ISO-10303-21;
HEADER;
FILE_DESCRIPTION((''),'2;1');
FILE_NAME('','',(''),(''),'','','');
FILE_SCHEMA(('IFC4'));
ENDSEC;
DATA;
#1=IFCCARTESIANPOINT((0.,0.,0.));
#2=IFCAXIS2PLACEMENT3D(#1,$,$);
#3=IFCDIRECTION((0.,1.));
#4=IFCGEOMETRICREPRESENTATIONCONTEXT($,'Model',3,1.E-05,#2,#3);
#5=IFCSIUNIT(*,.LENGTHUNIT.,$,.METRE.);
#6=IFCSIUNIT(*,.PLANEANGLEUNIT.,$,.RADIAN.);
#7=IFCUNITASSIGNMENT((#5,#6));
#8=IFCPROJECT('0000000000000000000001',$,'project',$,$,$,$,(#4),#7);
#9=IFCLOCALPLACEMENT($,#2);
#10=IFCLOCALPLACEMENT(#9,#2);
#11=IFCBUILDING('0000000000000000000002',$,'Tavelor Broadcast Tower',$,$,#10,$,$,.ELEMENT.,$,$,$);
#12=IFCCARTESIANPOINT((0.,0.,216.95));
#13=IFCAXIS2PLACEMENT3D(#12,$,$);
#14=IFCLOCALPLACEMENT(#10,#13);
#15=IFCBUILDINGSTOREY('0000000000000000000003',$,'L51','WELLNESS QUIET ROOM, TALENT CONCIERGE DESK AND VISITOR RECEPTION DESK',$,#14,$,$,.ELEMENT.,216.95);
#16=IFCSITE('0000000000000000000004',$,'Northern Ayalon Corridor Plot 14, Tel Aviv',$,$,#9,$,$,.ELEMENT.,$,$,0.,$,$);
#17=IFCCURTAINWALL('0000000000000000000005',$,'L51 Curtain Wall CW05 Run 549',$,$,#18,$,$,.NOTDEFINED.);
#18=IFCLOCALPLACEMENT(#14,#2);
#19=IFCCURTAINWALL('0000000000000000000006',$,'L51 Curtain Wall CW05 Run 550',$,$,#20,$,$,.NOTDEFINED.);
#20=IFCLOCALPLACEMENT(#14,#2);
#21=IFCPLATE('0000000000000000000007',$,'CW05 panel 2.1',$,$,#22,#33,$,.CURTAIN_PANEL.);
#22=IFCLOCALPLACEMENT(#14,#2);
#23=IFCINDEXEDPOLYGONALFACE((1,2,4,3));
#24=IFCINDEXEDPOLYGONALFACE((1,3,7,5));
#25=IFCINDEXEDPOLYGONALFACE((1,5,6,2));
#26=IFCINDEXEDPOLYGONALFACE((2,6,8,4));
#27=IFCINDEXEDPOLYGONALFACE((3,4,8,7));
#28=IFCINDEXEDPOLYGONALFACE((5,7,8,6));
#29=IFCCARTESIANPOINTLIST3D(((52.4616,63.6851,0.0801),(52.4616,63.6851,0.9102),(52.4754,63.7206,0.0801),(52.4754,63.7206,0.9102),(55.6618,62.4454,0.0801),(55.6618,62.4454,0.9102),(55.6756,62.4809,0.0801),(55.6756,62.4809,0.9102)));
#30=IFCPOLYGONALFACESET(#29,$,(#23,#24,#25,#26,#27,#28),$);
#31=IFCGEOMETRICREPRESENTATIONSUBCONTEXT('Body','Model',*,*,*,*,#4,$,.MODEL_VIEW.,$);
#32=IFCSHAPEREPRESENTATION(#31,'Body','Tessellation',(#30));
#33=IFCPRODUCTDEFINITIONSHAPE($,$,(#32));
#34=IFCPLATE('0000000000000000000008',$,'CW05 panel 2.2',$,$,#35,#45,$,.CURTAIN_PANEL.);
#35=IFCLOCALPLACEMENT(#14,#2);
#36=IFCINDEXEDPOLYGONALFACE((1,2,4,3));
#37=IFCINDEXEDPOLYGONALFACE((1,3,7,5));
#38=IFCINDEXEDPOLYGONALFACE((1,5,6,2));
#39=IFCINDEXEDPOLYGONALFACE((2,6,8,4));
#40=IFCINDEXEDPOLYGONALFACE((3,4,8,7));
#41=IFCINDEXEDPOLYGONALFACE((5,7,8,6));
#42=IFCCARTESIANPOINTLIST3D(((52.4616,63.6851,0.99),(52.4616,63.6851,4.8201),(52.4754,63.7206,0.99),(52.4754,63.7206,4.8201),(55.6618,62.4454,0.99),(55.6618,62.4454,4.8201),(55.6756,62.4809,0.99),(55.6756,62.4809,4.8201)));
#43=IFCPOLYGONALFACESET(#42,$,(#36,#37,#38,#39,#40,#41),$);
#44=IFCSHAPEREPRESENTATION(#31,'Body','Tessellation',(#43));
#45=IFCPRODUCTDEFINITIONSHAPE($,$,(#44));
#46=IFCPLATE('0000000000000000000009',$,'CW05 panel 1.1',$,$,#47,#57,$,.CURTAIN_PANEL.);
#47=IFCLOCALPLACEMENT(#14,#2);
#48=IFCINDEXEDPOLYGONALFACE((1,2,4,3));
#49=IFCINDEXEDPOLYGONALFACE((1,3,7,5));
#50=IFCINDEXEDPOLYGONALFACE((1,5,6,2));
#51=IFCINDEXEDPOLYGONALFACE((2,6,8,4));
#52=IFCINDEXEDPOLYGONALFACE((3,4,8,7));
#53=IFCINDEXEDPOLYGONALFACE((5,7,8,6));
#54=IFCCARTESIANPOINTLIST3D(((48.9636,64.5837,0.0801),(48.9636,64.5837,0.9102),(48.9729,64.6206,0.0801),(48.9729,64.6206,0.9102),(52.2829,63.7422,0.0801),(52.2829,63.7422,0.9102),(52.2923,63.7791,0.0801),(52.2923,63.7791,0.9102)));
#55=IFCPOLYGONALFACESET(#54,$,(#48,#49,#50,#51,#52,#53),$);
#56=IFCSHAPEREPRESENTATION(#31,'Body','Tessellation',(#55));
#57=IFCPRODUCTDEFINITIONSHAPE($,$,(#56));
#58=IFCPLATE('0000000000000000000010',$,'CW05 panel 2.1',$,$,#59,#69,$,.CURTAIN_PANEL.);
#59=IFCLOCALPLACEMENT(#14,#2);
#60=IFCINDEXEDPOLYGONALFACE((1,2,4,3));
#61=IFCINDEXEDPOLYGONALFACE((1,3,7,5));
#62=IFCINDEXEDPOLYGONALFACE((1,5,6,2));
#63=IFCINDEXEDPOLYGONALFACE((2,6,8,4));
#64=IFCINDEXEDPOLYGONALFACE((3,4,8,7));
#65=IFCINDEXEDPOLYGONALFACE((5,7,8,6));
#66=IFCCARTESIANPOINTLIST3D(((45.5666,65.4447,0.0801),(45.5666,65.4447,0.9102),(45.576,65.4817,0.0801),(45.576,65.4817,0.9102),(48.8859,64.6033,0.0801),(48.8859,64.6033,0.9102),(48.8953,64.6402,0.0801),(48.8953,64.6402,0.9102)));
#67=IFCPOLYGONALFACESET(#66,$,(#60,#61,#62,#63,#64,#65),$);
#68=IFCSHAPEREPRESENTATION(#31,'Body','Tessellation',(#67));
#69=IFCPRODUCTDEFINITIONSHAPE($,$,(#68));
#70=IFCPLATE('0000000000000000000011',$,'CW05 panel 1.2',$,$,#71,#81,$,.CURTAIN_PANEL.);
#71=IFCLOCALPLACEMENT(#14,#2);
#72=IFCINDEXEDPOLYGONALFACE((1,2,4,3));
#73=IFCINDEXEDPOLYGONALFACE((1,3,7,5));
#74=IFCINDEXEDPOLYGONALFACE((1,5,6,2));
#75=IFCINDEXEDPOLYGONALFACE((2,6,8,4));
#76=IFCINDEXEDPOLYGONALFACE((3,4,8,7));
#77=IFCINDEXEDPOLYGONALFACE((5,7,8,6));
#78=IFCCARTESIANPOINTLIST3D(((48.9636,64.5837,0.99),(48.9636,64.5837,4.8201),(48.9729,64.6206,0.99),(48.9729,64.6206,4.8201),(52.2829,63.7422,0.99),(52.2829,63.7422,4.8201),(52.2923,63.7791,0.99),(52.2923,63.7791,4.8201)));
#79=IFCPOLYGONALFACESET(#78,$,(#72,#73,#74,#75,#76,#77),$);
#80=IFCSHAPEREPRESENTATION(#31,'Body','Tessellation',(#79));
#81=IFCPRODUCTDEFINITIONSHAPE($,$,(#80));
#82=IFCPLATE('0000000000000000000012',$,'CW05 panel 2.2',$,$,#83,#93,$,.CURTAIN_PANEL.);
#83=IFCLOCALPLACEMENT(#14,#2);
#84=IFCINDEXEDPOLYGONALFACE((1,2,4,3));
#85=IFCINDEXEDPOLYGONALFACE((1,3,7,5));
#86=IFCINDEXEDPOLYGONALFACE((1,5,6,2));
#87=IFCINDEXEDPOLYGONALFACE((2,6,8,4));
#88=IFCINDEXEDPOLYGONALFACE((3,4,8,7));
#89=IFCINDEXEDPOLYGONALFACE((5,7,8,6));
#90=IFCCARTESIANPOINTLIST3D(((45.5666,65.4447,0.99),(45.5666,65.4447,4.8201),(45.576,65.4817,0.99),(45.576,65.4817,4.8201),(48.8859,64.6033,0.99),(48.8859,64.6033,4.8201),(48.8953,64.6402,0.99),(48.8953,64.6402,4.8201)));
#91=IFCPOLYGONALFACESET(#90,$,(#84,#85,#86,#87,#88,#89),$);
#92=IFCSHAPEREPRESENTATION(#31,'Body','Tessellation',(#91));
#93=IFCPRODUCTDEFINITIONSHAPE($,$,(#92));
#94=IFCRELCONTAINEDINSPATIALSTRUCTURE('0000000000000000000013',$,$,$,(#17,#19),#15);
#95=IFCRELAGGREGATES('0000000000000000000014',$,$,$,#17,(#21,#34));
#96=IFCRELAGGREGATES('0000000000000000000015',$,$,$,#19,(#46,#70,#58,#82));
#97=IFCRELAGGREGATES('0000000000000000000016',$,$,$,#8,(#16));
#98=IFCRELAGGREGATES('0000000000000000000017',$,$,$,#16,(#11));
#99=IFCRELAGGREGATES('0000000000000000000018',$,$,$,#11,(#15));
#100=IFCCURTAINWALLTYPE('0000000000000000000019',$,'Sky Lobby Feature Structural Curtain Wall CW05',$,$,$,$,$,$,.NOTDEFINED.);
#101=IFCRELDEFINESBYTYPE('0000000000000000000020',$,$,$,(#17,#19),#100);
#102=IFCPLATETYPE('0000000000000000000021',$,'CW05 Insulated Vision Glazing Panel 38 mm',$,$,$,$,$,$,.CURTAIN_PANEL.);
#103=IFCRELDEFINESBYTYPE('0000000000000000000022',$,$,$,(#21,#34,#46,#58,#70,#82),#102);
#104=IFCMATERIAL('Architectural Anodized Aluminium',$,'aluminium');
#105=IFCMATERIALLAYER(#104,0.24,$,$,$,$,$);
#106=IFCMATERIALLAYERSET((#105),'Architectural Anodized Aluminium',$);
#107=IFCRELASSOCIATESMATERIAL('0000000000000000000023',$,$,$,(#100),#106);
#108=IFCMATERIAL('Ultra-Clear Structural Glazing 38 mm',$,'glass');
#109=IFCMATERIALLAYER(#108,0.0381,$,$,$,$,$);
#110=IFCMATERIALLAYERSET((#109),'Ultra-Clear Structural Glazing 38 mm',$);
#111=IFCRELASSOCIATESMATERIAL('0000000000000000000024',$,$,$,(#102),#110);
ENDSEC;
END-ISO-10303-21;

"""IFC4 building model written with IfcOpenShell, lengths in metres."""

from ifc_helpers import new_model, si_unit, direction, frame, origin, origin_2d, place, context, subcontext, project, spatial, rectangle, extrude, source, transform, mapped, material, layer, layer_set, type_object, type_shapes, element, aggregate, save


model = new_model("IFC4")

# Units and contexts
model_context = context("Model", 3, precision=1e-05, world=origin(), true_north=direction((0.0, 1.0)))
body_context = subcontext(model_context, "Body", "Model", "MODEL_VIEW")
ifc_project = project(units=[si_unit("LENGTHUNIT", "METRE"), si_unit("PLANEANGLEUNIT", "RADIAN")], contexts=[model_context])

# Site, building, storey
site_placement = place(None, origin())
site = spatial("IfcSite", under=ifc_project, at=site_placement, Name="Northern Ayalon Corridor Plot 14, Tel Aviv", CompositionType="ELEMENT", RefElevation=0.0)
building_placement = place(site_placement, origin())
building = spatial("IfcBuilding", under=site, at=building_placement, Name="Tavelor Broadcast Tower", CompositionType="ELEMENT")
storey_placement = place(building_placement, frame((0.0, 0.0, 216.95)))
storey = spatial("IfcBuildingStorey", under=building, at=storey_placement, Name="L51", Description="WELLNESS QUIET ROOM, TALENT CONCIERGE DESK AND VISITOR RECEPTION DESK", CompositionType="ELEMENT", Elevation=216.95)

# Curtain wall
ifc_material_1 = material(Name="Architectural Anodized Aluminium", Category="aluminium")
ifc_layer_1 = layer(ifc_material_1, 0.24)
ifc_layer_set_1 = layer_set([ifc_layer_1], Name="Architectural Anodized Aluminium")
curtain_wall_type = type_object("IfcCurtainWallType", Name="Sky Lobby Feature Structural Curtain Wall CW05", PredefinedType="NOTDEFINED", material=ifc_layer_set_1)
curtain_wall_1_placement = place(storey_placement, origin())
curtain_wall_1 = element("IfcCurtainWall", 1, at=curtain_wall_1_placement, inside=storey, type_object=curtain_wall_type, Name="L51 Curtain Wall CW05 Run 549", PredefinedType="NOTDEFINED")

# Curtain wall
curtain_wall_2_placement = place(storey_placement, origin())
curtain_wall_2 = element("IfcCurtainWall", 2, at=curtain_wall_2_placement, inside=storey, type_object=curtain_wall_type, Name="L51 Curtain Wall CW05 Run 550", PredefinedType="NOTDEFINED")

# Plates
ifc_material_2 = material(Name="Ultra-Clear Structural Glazing 38 mm", Category="glass")
ifc_layer_2 = layer(ifc_material_2, 0.0381)
ifc_layer_set_2 = layer_set([ifc_layer_2], Name="Ultra-Clear Structural Glazing 38 mm")
plate_type_1 = type_object("IfcPlateType", Name="CW05 Insulated Vision Glazing Panel 38 mm", PredefinedType="CURTAIN_PANEL", material=ifc_layer_set_2)
shared_shape_1 = source(origin(), body_context, "Body", "SweptSolid", [
    extrude(rectangle(XDim=3.4319, YDim=0.0381, at=origin_2d()), origin(), (0.0, 0.0, 1.0), 0.8301),
])
plate_1_placement = place(storey_placement, frame((54.0686, 63.083, 0.0801), z_axis=(0.0, 0.0, 1.0), x_axis=(-0.932478, 0.361226, 0.0)))
plate_1 = element("IfcPlate", 3, at=plate_1_placement, type_object=plate_type_1, Name="CW05 panel 2.1", PredefinedType="CURTAIN_PANEL", context=body_context, shape_type="MappedRepresentation", body=[
    mapped(shared_shape_1, transform((0.0, 0.0, 0.0), scale=1.0)),
])
shared_shape_2 = source(origin(), body_context, "Body", "SweptSolid", [
    extrude(rectangle(XDim=3.4319, YDim=0.0381, at=origin_2d()), origin(), (0.0, 0.0, 1.0), 3.8301),
])
plate_2_placement = place(storey_placement, frame((54.0686, 63.083, 0.99), z_axis=(0.0, 0.0, 1.0), x_axis=(-0.932478, 0.361226, 0.0)))
plate_2 = element("IfcPlate", 4, at=plate_2_placement, type_object=plate_type_1, Name="CW05 panel 2.2", PredefinedType="CURTAIN_PANEL", context=body_context, shape_type="MappedRepresentation", body=[
    mapped(shared_shape_2, transform((0.0, 0.0, 0.0), scale=1.0)),
])
aggregate(curtain_wall_1, [plate_1, plate_2])
shared_shape_3 = source(origin(), body_context, "Body", "SweptSolid", [
    extrude(rectangle(XDim=3.4243, YDim=0.0381, at=origin_2d()), origin(), (0.0, 0.0, 1.0), 0.8301),
])
plate_3_placement = place(storey_placement, frame((50.6279, 64.1814, 0.0801), z_axis=(0.0, 0.0, 1.0), x_axis=(-0.96934, 0.245724, 0.0)))
plate_3 = element("IfcPlate", 5, at=plate_3_placement, type_object=plate_type_1, Name="CW05 panel 1.1", PredefinedType="CURTAIN_PANEL", context=body_context, shape_type="MappedRepresentation", body=[
    mapped(shared_shape_3, transform((0.0, 0.0, 0.0), scale=1.0)),
])
plate_4_placement = place(storey_placement, frame((47.231, 65.0425, 0.0801), z_axis=(0.0, 0.0, 1.0), x_axis=(-0.96934, 0.245724, 0.0)))
plate_4 = element("IfcPlate", 6, at=plate_4_placement, type_object=plate_type_1, Name="CW05 panel 2.1", PredefinedType="CURTAIN_PANEL", context=body_context, shape_type="MappedRepresentation", body=[
    mapped(shared_shape_3, transform((0.0, 0.0, 0.0), scale=1.0)),
])
shared_shape_4 = source(origin(), body_context, "Body", "SweptSolid", [
    extrude(rectangle(XDim=3.4243, YDim=0.0381, at=origin_2d()), origin(), (0.0, 0.0, 1.0), 3.8301),
])
type_shapes(plate_type_1, [shared_shape_1, shared_shape_2, shared_shape_3, shared_shape_4])
plate_5_placement = place(storey_placement, frame((50.6279, 64.1814, 0.99), z_axis=(0.0, 0.0, 1.0), x_axis=(-0.96934, 0.245724, 0.0)))
plate_5 = element("IfcPlate", 7, at=plate_5_placement, type_object=plate_type_1, Name="CW05 panel 1.2", PredefinedType="CURTAIN_PANEL", context=body_context, shape_type="MappedRepresentation", body=[
    mapped(shared_shape_4, transform((0.0, 0.0, 0.0), scale=1.0)),
])
plate_6_placement = place(storey_placement, frame((47.231, 65.0425, 0.99), z_axis=(0.0, 0.0, 1.0), x_axis=(-0.96934, 0.245724, 0.0)))
plate_6 = element("IfcPlate", 8, at=plate_6_placement, type_object=plate_type_1, Name="CW05 panel 2.2", PredefinedType="CURTAIN_PANEL", context=body_context, shape_type="MappedRepresentation", body=[
    mapped(shared_shape_4, transform((0.0, 0.0, 0.0), scale=1.0)),
])
aggregate(curtain_wall_2, [plate_3, plate_5, plate_4, plate_6])

save(model, "model.ifc")
